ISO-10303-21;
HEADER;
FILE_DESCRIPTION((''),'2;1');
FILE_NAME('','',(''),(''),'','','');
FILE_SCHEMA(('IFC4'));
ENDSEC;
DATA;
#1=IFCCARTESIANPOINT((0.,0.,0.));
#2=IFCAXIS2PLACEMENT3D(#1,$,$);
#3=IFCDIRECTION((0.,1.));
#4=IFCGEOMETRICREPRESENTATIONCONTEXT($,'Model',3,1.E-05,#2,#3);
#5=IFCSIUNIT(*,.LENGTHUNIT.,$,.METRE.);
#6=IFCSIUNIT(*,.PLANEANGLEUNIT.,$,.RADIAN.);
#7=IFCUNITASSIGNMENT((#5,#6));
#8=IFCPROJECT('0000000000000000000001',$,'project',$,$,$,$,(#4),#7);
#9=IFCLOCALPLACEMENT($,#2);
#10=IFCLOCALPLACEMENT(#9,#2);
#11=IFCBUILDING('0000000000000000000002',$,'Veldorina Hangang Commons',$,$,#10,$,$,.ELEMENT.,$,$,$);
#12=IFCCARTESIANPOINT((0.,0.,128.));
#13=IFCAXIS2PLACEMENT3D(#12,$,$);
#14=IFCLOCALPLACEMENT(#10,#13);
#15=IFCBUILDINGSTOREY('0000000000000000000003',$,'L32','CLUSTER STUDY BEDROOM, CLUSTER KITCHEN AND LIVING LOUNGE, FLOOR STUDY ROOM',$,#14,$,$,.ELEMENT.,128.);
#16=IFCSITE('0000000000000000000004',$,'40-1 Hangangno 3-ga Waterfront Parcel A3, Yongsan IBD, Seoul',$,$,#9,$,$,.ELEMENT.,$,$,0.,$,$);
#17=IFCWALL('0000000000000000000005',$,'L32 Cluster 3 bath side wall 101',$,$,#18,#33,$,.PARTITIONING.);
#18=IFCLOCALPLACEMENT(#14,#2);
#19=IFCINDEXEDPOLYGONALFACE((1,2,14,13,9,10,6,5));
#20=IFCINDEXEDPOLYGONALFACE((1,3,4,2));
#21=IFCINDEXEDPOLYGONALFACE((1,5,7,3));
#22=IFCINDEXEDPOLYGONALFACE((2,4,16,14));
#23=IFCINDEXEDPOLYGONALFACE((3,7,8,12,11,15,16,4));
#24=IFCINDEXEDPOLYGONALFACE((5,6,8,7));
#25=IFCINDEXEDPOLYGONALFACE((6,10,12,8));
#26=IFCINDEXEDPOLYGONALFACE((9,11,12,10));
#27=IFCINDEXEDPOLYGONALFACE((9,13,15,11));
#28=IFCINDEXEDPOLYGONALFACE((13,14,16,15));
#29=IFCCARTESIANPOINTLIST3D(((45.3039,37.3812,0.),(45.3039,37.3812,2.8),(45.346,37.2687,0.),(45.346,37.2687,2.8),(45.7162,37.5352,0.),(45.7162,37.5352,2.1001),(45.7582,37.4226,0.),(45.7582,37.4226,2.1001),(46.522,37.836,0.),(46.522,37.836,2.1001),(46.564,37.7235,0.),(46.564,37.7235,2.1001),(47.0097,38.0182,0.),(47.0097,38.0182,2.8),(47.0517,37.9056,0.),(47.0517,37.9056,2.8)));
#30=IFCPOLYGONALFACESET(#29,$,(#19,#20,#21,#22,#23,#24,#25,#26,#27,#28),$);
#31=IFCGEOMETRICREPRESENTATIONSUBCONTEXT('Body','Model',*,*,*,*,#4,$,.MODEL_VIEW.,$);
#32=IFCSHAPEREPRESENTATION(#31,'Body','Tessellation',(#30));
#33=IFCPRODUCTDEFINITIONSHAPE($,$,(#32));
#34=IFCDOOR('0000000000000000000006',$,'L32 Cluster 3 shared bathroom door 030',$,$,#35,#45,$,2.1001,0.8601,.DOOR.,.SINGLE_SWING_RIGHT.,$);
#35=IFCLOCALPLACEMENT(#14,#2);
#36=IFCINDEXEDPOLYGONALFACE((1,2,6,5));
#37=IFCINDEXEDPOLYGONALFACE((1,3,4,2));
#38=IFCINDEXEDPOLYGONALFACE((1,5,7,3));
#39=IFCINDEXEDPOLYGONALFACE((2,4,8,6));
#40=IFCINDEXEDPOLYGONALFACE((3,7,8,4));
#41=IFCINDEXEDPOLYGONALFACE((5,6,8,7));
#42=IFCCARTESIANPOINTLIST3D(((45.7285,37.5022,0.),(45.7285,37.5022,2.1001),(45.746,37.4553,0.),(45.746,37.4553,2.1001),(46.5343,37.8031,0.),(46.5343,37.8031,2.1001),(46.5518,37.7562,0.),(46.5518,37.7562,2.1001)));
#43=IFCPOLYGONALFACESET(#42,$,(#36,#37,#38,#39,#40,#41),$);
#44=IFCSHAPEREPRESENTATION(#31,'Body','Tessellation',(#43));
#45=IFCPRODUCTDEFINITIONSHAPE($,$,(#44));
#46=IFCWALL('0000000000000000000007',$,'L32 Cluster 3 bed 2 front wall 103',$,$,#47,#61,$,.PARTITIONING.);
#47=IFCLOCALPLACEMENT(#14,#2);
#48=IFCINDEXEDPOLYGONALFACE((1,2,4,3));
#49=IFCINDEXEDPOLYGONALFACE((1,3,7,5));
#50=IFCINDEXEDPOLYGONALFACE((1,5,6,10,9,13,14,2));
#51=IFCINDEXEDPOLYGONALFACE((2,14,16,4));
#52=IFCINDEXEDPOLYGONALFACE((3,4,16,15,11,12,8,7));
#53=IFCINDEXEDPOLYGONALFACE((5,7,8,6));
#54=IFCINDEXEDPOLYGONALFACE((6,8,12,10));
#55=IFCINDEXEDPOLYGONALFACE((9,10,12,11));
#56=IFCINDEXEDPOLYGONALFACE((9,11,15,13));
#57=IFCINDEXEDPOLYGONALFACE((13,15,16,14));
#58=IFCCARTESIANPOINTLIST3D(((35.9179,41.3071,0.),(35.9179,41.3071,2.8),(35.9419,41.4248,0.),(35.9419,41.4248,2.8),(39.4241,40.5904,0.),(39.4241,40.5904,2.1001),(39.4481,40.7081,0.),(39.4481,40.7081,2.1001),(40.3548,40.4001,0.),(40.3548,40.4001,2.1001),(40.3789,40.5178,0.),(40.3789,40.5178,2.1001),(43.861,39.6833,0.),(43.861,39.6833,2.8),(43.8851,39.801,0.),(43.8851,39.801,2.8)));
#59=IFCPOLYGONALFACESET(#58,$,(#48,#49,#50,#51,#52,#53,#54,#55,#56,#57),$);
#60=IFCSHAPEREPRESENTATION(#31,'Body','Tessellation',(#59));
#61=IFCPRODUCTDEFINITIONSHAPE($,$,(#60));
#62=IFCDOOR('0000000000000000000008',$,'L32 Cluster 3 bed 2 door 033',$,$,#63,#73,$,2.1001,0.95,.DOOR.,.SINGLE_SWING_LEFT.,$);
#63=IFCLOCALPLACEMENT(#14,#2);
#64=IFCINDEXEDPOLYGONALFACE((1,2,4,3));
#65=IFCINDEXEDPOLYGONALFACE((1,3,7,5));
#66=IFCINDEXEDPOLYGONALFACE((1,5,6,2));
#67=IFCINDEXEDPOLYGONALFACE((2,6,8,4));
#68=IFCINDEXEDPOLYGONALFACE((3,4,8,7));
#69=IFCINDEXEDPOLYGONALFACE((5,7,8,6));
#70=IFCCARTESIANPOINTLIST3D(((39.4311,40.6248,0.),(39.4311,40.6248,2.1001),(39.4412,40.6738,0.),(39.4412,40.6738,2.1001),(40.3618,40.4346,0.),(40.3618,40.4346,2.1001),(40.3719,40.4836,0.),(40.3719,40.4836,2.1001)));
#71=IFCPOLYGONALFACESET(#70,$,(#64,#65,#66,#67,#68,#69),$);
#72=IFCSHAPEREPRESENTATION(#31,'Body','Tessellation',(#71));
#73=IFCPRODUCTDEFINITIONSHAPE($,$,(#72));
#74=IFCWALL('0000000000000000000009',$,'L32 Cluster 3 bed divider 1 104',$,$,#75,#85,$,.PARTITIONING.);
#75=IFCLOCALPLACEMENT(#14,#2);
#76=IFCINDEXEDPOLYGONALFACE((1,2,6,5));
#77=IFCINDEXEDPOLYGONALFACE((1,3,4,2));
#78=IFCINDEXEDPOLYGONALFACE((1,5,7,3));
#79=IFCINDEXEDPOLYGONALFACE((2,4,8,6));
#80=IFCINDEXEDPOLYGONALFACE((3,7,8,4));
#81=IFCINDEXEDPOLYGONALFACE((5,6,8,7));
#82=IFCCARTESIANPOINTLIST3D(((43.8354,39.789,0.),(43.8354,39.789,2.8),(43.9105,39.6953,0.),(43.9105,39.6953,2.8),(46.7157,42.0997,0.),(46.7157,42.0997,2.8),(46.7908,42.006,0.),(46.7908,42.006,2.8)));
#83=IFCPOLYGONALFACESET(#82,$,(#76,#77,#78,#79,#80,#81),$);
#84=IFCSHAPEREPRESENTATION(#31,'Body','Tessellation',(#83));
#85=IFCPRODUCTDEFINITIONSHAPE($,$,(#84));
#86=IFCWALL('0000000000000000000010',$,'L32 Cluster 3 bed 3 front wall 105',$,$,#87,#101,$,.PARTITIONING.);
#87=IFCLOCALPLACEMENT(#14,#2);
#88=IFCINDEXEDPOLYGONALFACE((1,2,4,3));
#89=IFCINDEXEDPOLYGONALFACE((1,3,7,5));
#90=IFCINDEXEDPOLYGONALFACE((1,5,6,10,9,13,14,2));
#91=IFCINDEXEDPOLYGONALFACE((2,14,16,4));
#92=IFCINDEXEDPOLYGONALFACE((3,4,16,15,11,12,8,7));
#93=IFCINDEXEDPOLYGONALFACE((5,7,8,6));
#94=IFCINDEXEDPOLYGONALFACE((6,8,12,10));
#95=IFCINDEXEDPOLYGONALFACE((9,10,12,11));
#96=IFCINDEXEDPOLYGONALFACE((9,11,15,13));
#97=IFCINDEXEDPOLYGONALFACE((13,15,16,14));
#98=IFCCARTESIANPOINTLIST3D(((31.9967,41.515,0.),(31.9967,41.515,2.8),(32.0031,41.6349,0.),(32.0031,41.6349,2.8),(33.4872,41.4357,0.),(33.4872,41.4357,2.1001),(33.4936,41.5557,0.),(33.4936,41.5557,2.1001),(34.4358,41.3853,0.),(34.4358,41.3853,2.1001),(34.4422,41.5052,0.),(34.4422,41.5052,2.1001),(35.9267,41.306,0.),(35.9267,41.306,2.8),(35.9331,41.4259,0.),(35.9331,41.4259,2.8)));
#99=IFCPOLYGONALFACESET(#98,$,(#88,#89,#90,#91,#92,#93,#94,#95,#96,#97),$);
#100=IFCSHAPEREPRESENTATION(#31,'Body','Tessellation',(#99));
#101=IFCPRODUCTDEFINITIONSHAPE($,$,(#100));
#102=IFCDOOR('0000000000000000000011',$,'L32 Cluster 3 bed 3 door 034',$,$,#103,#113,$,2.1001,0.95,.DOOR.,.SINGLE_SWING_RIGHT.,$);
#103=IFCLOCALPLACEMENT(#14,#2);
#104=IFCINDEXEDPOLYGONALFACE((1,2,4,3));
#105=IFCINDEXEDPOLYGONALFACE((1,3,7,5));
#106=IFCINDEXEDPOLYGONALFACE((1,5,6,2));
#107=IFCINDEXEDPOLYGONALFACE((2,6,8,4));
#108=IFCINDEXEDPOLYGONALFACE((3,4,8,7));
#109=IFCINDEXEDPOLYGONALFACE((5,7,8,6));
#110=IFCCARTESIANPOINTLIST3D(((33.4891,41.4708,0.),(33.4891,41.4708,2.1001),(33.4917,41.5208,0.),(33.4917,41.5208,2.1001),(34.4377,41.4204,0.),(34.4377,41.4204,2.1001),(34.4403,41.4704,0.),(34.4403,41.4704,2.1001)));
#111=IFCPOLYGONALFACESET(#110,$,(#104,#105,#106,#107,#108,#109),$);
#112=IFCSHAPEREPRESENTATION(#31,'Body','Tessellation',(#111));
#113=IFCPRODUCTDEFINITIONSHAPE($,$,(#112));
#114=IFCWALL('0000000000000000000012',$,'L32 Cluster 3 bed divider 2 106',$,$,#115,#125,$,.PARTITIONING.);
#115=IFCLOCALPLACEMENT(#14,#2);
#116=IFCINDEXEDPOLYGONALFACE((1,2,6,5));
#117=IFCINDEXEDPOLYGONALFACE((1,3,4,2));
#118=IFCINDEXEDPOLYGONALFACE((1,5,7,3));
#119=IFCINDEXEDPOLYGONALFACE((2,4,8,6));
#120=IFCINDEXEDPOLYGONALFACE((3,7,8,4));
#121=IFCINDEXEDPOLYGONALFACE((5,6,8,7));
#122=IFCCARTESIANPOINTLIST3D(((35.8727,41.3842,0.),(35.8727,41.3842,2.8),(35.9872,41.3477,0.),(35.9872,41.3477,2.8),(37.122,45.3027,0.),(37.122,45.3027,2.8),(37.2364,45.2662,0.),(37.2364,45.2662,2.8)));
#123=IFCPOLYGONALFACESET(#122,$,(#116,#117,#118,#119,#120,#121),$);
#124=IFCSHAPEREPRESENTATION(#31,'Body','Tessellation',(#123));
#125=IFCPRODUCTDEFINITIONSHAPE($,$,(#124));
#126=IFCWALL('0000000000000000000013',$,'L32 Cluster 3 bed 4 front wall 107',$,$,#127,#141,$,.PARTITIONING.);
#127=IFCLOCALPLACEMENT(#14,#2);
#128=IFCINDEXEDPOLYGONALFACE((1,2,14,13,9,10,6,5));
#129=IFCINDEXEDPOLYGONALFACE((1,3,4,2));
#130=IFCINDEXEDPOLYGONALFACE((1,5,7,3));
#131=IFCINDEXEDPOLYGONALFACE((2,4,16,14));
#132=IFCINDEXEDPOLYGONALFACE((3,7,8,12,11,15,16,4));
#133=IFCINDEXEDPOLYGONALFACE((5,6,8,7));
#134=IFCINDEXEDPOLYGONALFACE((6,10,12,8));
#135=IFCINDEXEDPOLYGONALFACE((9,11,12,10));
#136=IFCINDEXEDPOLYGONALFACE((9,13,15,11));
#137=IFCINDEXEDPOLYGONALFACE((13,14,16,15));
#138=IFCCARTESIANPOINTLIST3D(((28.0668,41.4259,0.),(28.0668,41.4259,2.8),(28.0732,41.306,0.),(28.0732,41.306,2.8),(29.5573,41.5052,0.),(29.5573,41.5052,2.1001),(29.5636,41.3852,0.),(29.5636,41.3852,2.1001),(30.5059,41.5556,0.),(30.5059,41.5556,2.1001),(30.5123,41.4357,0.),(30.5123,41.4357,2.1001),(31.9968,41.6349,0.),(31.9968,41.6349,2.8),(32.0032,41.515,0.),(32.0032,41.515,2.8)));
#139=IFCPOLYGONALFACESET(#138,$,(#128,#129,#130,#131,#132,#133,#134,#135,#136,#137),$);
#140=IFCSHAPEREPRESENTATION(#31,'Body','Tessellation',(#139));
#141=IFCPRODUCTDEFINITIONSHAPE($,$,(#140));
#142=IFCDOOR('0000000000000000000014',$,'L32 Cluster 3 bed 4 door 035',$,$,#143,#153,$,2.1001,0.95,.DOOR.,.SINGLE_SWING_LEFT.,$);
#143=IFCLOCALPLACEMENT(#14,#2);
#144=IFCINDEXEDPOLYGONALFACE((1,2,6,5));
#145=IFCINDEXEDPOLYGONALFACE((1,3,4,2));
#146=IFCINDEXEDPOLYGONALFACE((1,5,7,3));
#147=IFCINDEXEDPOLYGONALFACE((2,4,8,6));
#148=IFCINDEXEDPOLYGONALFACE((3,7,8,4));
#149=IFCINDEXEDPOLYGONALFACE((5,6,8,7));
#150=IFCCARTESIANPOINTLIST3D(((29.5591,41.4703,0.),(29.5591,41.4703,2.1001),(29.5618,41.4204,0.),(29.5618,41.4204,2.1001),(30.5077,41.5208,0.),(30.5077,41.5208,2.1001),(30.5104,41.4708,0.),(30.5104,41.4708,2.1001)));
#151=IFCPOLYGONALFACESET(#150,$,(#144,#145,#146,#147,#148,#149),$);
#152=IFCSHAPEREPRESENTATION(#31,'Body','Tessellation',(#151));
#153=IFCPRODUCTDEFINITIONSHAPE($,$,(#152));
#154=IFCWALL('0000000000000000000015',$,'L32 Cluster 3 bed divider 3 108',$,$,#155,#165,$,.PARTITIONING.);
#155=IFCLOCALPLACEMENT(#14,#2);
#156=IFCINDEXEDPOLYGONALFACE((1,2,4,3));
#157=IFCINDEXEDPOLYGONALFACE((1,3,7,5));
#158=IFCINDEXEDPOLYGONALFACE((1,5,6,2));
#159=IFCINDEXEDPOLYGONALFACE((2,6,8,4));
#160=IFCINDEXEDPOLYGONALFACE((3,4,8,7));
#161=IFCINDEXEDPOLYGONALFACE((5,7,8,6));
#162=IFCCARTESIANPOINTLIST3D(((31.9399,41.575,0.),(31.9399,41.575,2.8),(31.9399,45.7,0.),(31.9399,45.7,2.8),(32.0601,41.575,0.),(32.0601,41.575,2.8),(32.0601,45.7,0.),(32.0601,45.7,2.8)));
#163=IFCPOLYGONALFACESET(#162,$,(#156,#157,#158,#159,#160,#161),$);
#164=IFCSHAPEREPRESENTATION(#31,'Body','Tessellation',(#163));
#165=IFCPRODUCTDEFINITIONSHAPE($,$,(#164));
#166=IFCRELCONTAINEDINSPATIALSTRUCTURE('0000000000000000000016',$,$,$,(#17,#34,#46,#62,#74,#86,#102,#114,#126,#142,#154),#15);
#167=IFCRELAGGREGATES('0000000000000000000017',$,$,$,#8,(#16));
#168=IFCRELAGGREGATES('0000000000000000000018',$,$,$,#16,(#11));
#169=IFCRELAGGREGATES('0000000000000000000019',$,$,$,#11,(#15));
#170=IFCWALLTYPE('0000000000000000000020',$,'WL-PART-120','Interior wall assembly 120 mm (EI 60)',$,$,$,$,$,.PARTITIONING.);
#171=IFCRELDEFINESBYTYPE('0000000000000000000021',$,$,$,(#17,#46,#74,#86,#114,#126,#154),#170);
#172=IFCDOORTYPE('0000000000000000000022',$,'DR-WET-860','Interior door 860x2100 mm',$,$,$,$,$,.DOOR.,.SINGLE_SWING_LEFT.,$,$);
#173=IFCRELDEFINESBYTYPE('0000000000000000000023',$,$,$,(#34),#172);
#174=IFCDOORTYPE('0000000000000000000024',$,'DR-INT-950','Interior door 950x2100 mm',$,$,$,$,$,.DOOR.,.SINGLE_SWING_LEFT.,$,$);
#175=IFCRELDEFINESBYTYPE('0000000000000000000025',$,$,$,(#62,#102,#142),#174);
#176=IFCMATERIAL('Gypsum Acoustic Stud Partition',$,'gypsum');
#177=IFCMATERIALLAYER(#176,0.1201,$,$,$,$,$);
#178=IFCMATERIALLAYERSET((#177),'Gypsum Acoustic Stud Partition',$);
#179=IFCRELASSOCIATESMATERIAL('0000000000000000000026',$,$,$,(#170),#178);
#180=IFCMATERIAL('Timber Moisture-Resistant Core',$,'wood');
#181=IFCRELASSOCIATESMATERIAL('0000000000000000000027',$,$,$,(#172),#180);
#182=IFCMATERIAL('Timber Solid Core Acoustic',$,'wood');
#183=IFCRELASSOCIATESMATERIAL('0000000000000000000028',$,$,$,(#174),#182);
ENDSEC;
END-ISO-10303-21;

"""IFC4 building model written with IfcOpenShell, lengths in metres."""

from ifc_helpers import new_model, si_unit, direction, frame, frame_2d, origin, place, context, subcontext, project, spatial, rectangle, extrude, material, layer, layer_set, type_object, element, fill, save


model = new_model("IFC4")

# Units and contexts
model_context = context("Model", 3, precision=1e-05, world=origin(), true_north=direction((0.0, 1.0)))
body_context = subcontext(model_context, "Body", "Model", "MODEL_VIEW")
ifc_project = project(units=[si_unit("LENGTHUNIT", "METRE"), si_unit("PLANEANGLEUNIT", "RADIAN")], contexts=[model_context])

# Site, building, storey
site_placement = place(None, origin())
site = spatial("IfcSite", under=ifc_project, at=site_placement, Name="40-1 Hangangno 3-ga Waterfront Parcel A3, Yongsan IBD, Seoul", CompositionType="ELEMENT", RefElevation=0.0)
building_placement = place(site_placement, origin())
building = spatial("IfcBuilding", under=site, at=building_placement, Name="Veldorina Hangang Commons", CompositionType="ELEMENT")
storey_placement = place(building_placement, frame((0.0, 0.0, 128.0)))
storey = spatial("IfcBuildingStorey", under=building, at=storey_placement, Name="L32", Description="CLUSTER STUDY BEDROOM, CLUSTER KITCHEN AND LIVING LOUNGE, FLOOR STUDY ROOM", CompositionType="ELEMENT", Elevation=128.0)

# Walls, openings, doors
ifc_material_1 = material(Name="Gypsum Acoustic Stud Partition", Category="gypsum")
ifc_layer_1 = layer(ifc_material_1, 0.1201)
ifc_layer_set_1 = layer_set([ifc_layer_1], Name="Gypsum Acoustic Stud Partition")
wall_type_1 = type_object("IfcWallType", Name="WL-PART-120", Description="Interior wall assembly 120 mm (EI 60)", PredefinedType="PARTITIONING", material=ifc_layer_set_1)
wall_1_placement = place(storey_placement, frame((45.325, 37.325, 0.0), z_axis=(0.0, 0.0, 1.0), x_axis=(0.936819, 0.349815, 0.0)))
wall_1 = element("IfcWall", 1, at=wall_1_placement, inside=storey, type_object=wall_type_1, Name="L32 Cluster 3 bath side wall 101", PredefinedType="PARTITIONING", context=body_context, shape_type="SweptSolid", body=[
    extrude(rectangle(XDim=1.8208, YDim=0.1201, at=frame_2d((0.9104, 0.0))), origin(), (0.0, 0.0, 1.0), 2.8),
])
opening_1_placement = place(wall_1_placement, frame((0.4399, 0.0, 0.0)))
opening_1 = element("IfcOpeningElement", 2, at=opening_1_placement, cuts=wall_1, PredefinedType="OPENING", context=body_context, shape_type="SweptSolid", body=[
    extrude(rectangle(XDim=0.8601, YDim=2.1001, at=frame_2d((0.4302, 1.05))), frame((0.0, 0.0701, 0.0), z_axis=(0.0, -1.0, 0.0), x_axis=(1.0, 0.0, 0.0)), (0.0, 0.0, 1.0), 0.1401),
])
ifc_material_2 = material(Name="Timber Moisture-Resistant Core", Category="wood")
door_type_1 = type_object("IfcDoorType", Name="DR-WET-860", Description="Interior door 860x2100 mm", OperationType="SINGLE_SWING_LEFT", PredefinedType="DOOR", material=ifc_material_2)
door_1_placement = place(opening_1_placement, origin())
door_1 = element("IfcDoor", 3, at=door_1_placement, inside=storey, type_object=door_type_1, Name="L32 Cluster 3 shared bathroom door 030", OperationType="SINGLE_SWING_RIGHT", OverallHeight=2.1001, OverallWidth=0.8601, PredefinedType="DOOR", context=body_context, shape_type="SweptSolid", body=[
    extrude(rectangle(XDim=0.8601, YDim=2.1001, at=frame_2d((0.4302, 1.05))), frame((0.0, 0.0249, 0.0), z_axis=(0.0, -1.0, 0.0), x_axis=(1.0, 0.0, 0.0)), (0.0, 0.0, 1.0), 0.05),
])
fill(opening_1, door_1)
wall_2_placement = place(storey_placement, frame((43.873, 39.7422, 0.0), z_axis=(0.0, 0.0, 1.0), x_axis=(-0.979738, 0.200284, 0.0)))
wall_2 = element("IfcWall", 4, at=wall_2_placement, inside=storey, type_object=wall_type_1, Name="L32 Cluster 3 bed 2 front wall 103", PredefinedType="PARTITIONING", context=body_context, shape_type="SweptSolid", body=[
    extrude(rectangle(XDim=8.1074, YDim=0.1201, at=frame_2d((4.0537, 0.0))), origin(), (0.0, 0.0, 1.0), 2.8),
])
opening_2_placement = place(wall_2_placement, frame((3.5786, 0.0, 0.0)))
opening_2 = element("IfcOpeningElement", 5, at=opening_2_placement, cuts=wall_2, PredefinedType="OPENING", context=body_context, shape_type="SweptSolid", body=[
    extrude(rectangle(XDim=0.95, YDim=2.1001, at=frame_2d((0.4751, 1.05))), frame((0.0, 0.0701, 0.0), z_axis=(0.0, -1.0, 0.0), x_axis=(1.0, 0.0, 0.0)), (0.0, 0.0, 1.0), 0.1401),
])
ifc_material_3 = material(Name="Timber Solid Core Acoustic", Category="wood")
door_type_2 = type_object("IfcDoorType", Name="DR-INT-950", Description="Interior door 950x2100 mm", OperationType="SINGLE_SWING_LEFT", PredefinedType="DOOR", material=ifc_material_3)
door_2_placement = place(opening_2_placement, origin())
door_2 = element("IfcDoor", 6, at=door_2_placement, inside=storey, type_object=door_type_2, Name="L32 Cluster 3 bed 2 door 033", OperationType="SINGLE_SWING_LEFT", OverallHeight=2.1001, OverallWidth=0.95, PredefinedType="DOOR", context=body_context, shape_type="SweptSolid", body=[
    extrude(rectangle(XDim=0.95, YDim=2.1001, at=frame_2d((0.4751, 1.05))), frame((0.0, 0.0249, 0.0), z_axis=(0.0, -1.0, 0.0), x_axis=(1.0, 0.0, 0.0)), (0.0, 0.0, 1.0), 0.05),
])
fill(opening_2, door_2)

# Wall
wall_3_placement = place(storey_placement, frame((43.873, 39.7422, 0.0), z_axis=(0.0, 0.0, 1.0), x_axis=(0.78001, 0.625767, 0.0)))
element("IfcWall", 7, at=wall_3_placement, inside=storey, type_object=wall_type_1, Name="L32 Cluster 3 bed divider 1 104", PredefinedType="PARTITIONING", context=body_context, shape_type="SweptSolid", body=[
    extrude(rectangle(XDim=3.6926, YDim=0.1201, at=frame_2d((1.8462, 0.0))), origin(), (0.0, 0.0, 1.0), 2.8),
])

# Wall, opening, door
wall_4_placement = place(storey_placement, frame((35.9299, 41.366, 0.0), z_axis=(0.0, 0.0, 1.0), x_axis=(-0.998589, 0.053103, 0.0)))
wall_4 = element("IfcWall", 8, at=wall_4_placement, inside=storey, type_object=wall_type_1, Name="L32 Cluster 3 bed 3 front wall 105", PredefinedType="PARTITIONING", context=body_context, shape_type="SweptSolid", body=[
    extrude(rectangle(XDim=3.9355, YDim=0.1201, at=frame_2d((1.9678, 0.0))), origin(), (0.0, 0.0, 1.0), 2.8),
])
opening_3_placement = place(wall_4_placement, frame((1.4929, 0.0, 0.0)))
opening_3 = element("IfcOpeningElement", 9, at=opening_3_placement, cuts=wall_4, PredefinedType="OPENING", context=body_context, shape_type="SweptSolid", body=[
    extrude(rectangle(XDim=0.95, YDim=2.1001, at=frame_2d((0.4751, 1.05))), frame((0.0, 0.0701, 0.0), z_axis=(0.0, -1.0, 0.0), x_axis=(1.0, 0.0, 0.0)), (0.0, 0.0, 1.0), 0.1401),
])
door_3_placement = place(opening_3_placement, origin())
door_3 = element("IfcDoor", 10, at=door_3_placement, inside=storey, type_object=door_type_2, Name="L32 Cluster 3 bed 3 door 034", OperationType="SINGLE_SWING_RIGHT", OverallHeight=2.1001, OverallWidth=0.95, PredefinedType="DOOR", context=body_context, shape_type="SweptSolid", body=[
    extrude(rectangle(XDim=0.95, YDim=2.1001, at=frame_2d((0.4751, 1.05))), frame((0.0, 0.0249, 0.0), z_axis=(0.0, -1.0, 0.0), x_axis=(1.0, 0.0, 0.0)), (0.0, 0.0, 1.0), 0.05),
])
fill(opening_3, door_3)

# Wall
wall_5_placement = place(storey_placement, frame((35.9299, 41.366, 0.0), z_axis=(0.0, 0.0, 1.0), x_axis=(0.303752, 0.952751, 0.0)))
element("IfcWall", 11, at=wall_5_placement, inside=storey, type_object=wall_type_1, Name="L32 Cluster 3 bed divider 2 106", PredefinedType="PARTITIONING", context=body_context, shape_type="SweptSolid", body=[
    extrude(rectangle(XDim=4.1128, YDim=0.1201, at=frame_2d((2.0564, 0.0))), origin(), (0.0, 0.0, 1.0), 2.8),
])

# Wall, opening, door
wall_6_placement = place(storey_placement, frame((32.0, 41.575, 0.0), z_axis=(0.0, 0.0, 1.0), x_axis=(-0.998589, -0.053103, 0.0)))
wall_6 = element("IfcWall", 12, at=wall_6_placement, inside=storey, type_object=wall_type_1, Name="L32 Cluster 3 bed 4 front wall 107", PredefinedType="PARTITIONING", context=body_context, shape_type="SweptSolid", body=[
    extrude(rectangle(XDim=3.9355, YDim=0.1201, at=frame_2d((1.9678, 0.0))), origin(), (0.0, 0.0, 1.0), 2.8),
])
opening_4_placement = place(wall_6_placement, frame((1.4929, 0.0, 0.0)))
opening_4 = element("IfcOpeningElement", 13, at=opening_4_placement, cuts=wall_6, PredefinedType="OPENING", context=body_context, shape_type="SweptSolid", body=[
    extrude(rectangle(XDim=0.95, YDim=2.1001, at=frame_2d((0.4751, 1.05))), frame((0.0, 0.0701, 0.0), z_axis=(0.0, -1.0, 0.0), x_axis=(1.0, 0.0, 0.0)), (0.0, 0.0, 1.0), 0.1401),
])
door_4_placement = place(opening_4_placement, origin())
door_4 = element("IfcDoor", 14, at=door_4_placement, inside=storey, type_object=door_type_2, Name="L32 Cluster 3 bed 4 door 035", OperationType="SINGLE_SWING_LEFT", OverallHeight=2.1001, OverallWidth=0.95, PredefinedType="DOOR", context=body_context, shape_type="SweptSolid", body=[
    extrude(rectangle(XDim=0.95, YDim=2.1001, at=frame_2d((0.4751, 1.05))), frame((0.0, 0.0249, 0.0), z_axis=(0.0, -1.0, 0.0), x_axis=(1.0, 0.0, 0.0)), (0.0, 0.0, 1.0), 0.05),
])
fill(opening_4, door_4)

# Wall
wall_7_placement = place(storey_placement, frame((32.0, 41.575, 0.0), z_axis=(0.0, 0.0, 1.0), x_axis=(0.0, 1.0, 0.0)))
element("IfcWall", 15, at=wall_7_placement, inside=storey, type_object=wall_type_1, Name="L32 Cluster 3 bed divider 3 108", PredefinedType="PARTITIONING", context=body_context, shape_type="SweptSolid", body=[
    extrude(rectangle(XDim=4.125, YDim=0.1201, at=frame_2d((2.0625, 0.0))), origin(), (0.0, 0.0, 1.0), 2.8),
])

save(model, "model.ifc")
